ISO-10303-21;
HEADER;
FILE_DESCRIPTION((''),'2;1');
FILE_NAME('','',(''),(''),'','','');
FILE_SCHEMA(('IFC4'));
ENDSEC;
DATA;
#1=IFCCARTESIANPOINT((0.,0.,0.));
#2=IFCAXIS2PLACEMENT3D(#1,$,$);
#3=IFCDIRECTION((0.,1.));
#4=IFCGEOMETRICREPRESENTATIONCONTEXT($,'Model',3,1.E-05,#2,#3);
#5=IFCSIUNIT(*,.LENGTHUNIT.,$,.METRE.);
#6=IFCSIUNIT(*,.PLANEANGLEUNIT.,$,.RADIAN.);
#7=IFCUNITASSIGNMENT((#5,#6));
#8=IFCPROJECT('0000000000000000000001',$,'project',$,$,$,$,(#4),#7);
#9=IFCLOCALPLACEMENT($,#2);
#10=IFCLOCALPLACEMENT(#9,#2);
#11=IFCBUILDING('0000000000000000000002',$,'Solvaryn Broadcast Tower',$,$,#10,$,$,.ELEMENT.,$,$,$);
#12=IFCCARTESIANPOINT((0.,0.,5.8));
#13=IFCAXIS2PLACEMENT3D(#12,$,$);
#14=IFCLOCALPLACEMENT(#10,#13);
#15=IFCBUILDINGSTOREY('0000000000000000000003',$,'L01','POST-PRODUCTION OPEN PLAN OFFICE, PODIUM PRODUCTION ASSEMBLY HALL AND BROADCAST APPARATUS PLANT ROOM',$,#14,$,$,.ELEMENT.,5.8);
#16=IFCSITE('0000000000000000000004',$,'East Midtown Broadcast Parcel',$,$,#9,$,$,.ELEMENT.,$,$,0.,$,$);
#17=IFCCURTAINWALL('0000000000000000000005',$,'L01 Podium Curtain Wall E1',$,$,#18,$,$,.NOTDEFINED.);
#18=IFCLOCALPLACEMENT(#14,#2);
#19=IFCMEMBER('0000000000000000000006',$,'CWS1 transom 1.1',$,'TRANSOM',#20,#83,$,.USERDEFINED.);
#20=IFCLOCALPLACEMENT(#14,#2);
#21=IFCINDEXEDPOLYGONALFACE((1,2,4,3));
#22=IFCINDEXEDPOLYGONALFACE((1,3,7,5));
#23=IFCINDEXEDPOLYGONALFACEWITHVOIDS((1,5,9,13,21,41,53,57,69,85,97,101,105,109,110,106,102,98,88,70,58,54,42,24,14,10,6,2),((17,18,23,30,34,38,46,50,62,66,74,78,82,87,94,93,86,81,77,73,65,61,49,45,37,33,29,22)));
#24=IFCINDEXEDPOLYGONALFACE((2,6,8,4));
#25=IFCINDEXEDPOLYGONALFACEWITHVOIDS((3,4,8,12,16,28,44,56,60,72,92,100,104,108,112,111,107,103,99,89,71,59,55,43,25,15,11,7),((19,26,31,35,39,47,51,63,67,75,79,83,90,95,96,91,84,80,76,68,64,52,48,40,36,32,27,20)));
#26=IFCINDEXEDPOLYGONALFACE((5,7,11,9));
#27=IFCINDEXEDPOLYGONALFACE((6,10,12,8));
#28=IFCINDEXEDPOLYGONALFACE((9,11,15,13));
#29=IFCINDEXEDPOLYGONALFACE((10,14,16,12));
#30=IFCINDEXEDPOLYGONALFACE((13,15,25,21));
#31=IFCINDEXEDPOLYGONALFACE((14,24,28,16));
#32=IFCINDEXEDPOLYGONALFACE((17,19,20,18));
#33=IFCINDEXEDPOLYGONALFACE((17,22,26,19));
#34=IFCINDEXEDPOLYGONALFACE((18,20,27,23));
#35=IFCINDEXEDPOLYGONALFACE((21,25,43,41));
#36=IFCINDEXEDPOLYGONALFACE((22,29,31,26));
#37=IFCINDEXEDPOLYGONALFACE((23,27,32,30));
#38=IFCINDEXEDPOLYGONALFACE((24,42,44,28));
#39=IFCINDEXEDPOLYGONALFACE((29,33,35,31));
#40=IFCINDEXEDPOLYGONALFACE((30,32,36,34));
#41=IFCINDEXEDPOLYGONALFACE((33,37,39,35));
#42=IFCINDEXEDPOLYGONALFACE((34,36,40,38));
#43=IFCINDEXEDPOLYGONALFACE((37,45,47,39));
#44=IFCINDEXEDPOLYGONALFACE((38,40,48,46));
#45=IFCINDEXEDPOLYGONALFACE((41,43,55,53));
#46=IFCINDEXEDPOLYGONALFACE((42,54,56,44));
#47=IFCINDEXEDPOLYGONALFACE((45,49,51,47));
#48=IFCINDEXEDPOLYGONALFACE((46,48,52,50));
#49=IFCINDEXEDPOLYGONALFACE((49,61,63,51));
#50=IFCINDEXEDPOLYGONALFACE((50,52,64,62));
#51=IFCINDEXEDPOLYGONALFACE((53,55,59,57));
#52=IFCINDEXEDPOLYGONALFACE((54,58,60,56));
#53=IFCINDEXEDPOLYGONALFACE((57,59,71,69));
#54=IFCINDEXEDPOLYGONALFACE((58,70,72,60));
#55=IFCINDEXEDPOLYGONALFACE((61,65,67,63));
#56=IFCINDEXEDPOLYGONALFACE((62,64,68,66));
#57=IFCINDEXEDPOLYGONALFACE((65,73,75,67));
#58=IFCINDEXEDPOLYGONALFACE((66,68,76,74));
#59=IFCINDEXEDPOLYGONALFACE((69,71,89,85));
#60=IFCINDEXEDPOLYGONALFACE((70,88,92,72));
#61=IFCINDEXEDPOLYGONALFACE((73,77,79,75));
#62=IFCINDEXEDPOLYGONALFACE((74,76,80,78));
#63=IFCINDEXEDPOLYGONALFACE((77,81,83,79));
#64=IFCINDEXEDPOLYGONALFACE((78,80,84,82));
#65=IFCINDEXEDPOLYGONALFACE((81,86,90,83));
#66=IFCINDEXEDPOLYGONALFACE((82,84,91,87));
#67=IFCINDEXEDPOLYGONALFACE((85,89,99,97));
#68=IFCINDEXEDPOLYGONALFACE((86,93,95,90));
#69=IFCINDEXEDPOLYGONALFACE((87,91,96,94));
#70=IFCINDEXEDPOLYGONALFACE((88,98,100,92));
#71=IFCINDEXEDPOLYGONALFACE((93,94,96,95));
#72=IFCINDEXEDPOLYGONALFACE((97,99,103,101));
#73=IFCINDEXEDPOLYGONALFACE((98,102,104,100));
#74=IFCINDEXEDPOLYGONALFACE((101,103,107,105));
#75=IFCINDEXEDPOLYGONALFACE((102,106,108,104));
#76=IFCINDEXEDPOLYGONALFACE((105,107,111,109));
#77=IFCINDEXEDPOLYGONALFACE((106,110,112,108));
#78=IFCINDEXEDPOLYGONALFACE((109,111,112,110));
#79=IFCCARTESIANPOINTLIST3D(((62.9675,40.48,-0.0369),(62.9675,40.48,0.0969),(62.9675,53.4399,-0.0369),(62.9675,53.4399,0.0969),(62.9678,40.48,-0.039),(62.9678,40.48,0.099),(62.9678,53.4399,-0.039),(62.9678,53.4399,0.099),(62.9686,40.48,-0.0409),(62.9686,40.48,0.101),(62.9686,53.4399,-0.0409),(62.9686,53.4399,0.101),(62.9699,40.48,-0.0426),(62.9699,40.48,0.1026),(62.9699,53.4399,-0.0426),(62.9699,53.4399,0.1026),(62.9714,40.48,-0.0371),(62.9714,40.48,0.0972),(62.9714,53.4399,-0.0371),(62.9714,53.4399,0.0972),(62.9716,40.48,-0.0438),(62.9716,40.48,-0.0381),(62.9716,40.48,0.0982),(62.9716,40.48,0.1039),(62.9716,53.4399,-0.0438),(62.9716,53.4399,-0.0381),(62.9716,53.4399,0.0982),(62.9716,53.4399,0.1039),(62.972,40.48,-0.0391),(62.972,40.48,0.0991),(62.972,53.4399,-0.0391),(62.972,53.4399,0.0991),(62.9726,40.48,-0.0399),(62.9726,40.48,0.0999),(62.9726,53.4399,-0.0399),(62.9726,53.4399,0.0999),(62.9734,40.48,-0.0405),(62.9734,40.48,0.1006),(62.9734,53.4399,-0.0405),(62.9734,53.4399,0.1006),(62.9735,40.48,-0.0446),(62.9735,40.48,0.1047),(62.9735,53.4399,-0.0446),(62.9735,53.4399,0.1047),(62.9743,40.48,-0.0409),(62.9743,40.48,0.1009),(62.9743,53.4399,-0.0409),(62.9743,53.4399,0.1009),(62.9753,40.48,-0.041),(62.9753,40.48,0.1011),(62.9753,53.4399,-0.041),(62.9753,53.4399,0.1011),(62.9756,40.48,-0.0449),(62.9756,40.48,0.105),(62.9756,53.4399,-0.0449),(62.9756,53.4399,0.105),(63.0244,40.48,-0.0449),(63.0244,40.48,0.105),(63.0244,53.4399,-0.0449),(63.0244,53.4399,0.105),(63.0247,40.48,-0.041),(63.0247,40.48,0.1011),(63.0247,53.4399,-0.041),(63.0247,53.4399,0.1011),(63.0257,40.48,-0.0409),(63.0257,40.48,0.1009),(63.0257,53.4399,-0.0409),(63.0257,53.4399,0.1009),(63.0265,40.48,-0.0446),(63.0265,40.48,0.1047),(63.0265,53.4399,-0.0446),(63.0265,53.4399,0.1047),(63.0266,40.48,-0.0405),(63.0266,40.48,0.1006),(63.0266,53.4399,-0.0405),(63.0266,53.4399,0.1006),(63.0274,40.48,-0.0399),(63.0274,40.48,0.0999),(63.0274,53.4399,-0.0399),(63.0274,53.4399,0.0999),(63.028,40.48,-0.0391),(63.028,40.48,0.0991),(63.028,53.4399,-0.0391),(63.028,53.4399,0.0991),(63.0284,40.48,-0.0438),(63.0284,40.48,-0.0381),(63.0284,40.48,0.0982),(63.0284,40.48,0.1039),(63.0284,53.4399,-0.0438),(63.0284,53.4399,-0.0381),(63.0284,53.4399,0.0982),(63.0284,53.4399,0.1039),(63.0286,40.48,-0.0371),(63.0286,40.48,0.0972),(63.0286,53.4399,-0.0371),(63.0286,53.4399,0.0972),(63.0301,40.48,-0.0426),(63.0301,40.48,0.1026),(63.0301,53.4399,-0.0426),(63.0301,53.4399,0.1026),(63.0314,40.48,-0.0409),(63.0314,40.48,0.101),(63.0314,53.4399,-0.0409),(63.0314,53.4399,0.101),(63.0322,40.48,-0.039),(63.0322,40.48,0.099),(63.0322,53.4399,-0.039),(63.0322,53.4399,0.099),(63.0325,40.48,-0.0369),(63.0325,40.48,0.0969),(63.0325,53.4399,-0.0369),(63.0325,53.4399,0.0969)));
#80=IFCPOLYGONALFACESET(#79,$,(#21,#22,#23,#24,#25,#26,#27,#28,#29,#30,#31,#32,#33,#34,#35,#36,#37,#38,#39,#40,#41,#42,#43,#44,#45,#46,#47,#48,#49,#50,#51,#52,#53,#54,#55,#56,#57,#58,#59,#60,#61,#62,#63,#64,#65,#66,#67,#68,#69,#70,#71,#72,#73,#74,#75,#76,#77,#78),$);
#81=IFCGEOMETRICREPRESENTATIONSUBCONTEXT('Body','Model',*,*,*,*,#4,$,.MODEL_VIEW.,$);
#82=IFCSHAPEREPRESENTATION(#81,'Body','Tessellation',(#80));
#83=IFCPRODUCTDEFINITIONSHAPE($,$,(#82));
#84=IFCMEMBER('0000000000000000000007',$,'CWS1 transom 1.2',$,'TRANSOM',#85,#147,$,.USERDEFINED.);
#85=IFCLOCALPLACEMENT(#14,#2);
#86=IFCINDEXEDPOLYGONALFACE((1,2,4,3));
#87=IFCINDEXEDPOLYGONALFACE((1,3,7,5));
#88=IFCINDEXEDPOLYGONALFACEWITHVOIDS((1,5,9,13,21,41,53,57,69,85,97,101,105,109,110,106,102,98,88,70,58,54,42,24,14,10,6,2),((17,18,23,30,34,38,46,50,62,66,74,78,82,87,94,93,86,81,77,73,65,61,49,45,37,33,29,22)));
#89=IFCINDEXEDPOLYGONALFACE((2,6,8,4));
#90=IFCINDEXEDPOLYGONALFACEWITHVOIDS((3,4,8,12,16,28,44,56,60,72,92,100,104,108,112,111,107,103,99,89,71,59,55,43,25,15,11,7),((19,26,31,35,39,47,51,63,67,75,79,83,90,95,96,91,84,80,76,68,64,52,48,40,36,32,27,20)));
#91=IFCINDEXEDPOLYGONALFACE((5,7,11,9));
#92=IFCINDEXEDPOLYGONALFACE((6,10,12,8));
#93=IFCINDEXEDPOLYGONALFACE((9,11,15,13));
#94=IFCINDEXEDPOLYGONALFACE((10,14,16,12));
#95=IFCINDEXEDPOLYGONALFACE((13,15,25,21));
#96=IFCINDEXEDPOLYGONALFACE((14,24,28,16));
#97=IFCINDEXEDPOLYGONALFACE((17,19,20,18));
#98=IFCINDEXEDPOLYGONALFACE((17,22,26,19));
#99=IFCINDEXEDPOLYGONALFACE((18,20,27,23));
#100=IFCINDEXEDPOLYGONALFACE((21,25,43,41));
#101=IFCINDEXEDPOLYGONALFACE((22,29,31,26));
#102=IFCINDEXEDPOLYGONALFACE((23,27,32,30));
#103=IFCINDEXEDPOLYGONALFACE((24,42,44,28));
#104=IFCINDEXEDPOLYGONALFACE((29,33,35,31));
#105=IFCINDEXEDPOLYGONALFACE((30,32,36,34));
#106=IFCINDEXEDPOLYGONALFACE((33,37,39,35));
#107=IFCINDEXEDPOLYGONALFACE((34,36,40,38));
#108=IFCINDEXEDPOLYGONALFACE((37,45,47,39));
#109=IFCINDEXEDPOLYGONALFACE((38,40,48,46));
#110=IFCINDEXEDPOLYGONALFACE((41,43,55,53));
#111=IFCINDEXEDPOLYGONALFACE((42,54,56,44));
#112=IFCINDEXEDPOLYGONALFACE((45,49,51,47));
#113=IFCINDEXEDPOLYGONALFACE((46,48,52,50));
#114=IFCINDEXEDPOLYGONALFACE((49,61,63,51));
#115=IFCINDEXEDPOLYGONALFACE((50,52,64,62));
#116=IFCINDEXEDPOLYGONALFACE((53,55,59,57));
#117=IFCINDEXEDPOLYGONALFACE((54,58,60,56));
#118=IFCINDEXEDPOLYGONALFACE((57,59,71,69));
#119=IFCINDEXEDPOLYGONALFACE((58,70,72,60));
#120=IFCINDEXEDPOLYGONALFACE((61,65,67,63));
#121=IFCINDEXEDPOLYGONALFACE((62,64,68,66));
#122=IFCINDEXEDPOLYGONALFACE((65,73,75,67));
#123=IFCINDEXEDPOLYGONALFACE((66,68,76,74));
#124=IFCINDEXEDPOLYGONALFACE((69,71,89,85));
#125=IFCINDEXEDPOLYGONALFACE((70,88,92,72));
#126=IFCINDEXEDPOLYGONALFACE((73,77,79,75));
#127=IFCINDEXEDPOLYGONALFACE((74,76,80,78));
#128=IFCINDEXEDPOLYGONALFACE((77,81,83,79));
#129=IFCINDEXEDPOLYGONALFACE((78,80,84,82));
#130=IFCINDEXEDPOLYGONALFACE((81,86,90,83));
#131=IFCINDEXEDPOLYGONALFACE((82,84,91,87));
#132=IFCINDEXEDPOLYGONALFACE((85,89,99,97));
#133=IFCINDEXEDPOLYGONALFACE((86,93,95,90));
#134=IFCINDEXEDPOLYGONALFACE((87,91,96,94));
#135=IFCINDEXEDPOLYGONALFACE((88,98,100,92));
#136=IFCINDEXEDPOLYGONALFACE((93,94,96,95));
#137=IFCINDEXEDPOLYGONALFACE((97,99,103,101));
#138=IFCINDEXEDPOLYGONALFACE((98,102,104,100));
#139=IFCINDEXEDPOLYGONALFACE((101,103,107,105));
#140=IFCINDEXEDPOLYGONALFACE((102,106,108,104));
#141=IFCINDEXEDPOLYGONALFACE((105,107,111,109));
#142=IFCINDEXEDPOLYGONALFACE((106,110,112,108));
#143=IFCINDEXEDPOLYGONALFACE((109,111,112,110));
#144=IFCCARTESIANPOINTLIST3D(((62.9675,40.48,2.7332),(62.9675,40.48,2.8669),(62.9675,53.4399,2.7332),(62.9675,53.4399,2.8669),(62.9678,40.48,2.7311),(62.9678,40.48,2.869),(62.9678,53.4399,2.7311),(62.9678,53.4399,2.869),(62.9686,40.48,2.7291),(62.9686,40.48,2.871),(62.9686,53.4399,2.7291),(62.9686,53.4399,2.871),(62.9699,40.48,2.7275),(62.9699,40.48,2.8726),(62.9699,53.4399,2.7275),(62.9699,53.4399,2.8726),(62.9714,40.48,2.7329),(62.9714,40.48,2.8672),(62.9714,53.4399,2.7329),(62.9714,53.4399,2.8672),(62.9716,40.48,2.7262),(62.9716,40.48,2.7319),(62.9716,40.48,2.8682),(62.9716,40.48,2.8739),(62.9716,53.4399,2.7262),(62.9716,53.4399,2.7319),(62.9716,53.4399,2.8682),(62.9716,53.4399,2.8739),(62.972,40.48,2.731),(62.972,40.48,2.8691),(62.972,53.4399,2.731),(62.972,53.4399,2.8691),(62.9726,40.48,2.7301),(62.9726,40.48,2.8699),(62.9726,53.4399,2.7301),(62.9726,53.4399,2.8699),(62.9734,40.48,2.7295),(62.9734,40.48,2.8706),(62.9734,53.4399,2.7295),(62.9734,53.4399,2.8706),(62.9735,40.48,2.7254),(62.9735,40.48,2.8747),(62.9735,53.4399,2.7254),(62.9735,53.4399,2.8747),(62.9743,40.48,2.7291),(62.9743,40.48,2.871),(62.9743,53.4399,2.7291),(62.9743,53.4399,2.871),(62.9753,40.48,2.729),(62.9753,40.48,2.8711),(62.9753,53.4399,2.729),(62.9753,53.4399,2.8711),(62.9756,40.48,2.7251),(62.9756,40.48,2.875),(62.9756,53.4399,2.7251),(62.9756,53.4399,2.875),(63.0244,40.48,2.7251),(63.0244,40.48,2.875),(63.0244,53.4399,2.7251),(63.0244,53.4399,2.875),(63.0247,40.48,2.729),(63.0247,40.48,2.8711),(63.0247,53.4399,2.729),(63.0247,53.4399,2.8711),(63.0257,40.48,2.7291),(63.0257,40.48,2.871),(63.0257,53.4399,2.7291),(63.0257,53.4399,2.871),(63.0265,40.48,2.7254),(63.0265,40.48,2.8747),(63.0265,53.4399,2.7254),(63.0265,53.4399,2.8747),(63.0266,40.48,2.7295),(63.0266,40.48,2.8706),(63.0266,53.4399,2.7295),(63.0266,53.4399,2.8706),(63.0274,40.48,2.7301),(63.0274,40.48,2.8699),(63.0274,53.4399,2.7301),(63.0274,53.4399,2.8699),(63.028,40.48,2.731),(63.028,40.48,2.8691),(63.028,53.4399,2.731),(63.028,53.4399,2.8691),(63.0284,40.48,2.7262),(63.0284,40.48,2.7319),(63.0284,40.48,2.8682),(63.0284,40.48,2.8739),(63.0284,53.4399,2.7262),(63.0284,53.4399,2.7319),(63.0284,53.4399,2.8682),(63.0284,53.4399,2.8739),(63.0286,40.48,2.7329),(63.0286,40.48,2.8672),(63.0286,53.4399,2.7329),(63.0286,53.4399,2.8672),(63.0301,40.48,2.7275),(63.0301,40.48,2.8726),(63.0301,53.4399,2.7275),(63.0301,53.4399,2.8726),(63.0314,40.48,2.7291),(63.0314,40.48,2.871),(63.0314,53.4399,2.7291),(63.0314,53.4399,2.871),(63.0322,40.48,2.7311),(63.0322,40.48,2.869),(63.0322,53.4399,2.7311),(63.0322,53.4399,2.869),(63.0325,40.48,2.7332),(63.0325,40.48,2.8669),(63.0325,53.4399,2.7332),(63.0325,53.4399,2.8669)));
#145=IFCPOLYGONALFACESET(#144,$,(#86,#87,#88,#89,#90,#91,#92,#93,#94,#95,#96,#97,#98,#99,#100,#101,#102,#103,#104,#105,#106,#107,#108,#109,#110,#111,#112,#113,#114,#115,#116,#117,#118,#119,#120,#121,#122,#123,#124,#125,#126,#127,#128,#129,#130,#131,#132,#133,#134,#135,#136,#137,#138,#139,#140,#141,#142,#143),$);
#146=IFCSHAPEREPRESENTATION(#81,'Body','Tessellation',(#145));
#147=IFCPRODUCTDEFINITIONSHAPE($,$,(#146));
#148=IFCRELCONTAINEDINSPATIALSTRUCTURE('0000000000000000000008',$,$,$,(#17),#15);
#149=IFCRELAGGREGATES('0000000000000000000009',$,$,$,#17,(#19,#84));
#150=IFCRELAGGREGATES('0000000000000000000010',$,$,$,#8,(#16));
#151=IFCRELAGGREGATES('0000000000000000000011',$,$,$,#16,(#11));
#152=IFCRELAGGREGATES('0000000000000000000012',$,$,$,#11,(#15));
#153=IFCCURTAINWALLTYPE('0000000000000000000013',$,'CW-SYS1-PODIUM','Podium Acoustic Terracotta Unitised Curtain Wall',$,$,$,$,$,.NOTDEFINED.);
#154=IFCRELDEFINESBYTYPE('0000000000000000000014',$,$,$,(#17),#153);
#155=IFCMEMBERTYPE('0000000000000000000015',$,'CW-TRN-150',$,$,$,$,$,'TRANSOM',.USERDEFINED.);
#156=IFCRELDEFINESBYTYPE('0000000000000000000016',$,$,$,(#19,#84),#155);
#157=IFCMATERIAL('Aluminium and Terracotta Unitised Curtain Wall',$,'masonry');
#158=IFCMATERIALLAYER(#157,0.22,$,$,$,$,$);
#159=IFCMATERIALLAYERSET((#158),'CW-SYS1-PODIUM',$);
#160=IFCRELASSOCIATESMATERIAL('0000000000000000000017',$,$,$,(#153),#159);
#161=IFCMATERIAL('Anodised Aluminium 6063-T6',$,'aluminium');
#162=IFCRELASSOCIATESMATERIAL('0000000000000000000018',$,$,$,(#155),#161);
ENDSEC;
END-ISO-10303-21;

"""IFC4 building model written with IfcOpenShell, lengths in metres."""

from ifc_helpers import new_model, si_unit, direction, frame, origin, origin_2d, place, context, subcontext, project, spatial, hollow_rectangle, extrude, material, layer, layer_set, material_profile, profile_set, type_object, element, aggregate, save


model = new_model("IFC4")

# Units and contexts
model_context = context("Model", 3, precision=1e-05, world=origin(), true_north=direction((0.0, 1.0)))
body_context = subcontext(model_context, "Body", "Model", "MODEL_VIEW")
ifc_project = project(units=[si_unit("LENGTHUNIT", "METRE"), si_unit("PLANEANGLEUNIT", "RADIAN")], contexts=[model_context])

# Site, building, storey
site_placement = place(None, origin())
site = spatial("IfcSite", under=ifc_project, at=site_placement, Name="East Midtown Broadcast Parcel", CompositionType="ELEMENT", RefElevation=0.0)
building_placement = place(site_placement, origin())
building = spatial("IfcBuilding", under=site, at=building_placement, Name="Solvaryn Broadcast Tower", CompositionType="ELEMENT")
storey_placement = place(building_placement, frame((0.0, 0.0, 5.8)))
storey = spatial("IfcBuildingStorey", under=building, at=storey_placement, Name="L01", Description="POST-PRODUCTION OPEN PLAN OFFICE, PODIUM PRODUCTION ASSEMBLY HALL AND BROADCAST APPARATUS PLANT ROOM", CompositionType="ELEMENT", Elevation=5.8)

# Shared definitions
ifc_material_1 = material(Name="Aluminium and Terracotta Unitised Curtain Wall", Category="masonry")
ifc_layer_1 = layer(ifc_material_1, 0.22)
ifc_layer_set_1 = layer_set([ifc_layer_1], Name="CW-SYS1-PODIUM")
curtain_wall_type = type_object("IfcCurtainWallType", Name="CW-SYS1-PODIUM", Description="Podium Acoustic Terracotta Unitised Curtain Wall", PredefinedType="NOTDEFINED", material=ifc_layer_set_1)

# Curtain wall
curtain_wall_1_placement = place(storey_placement, origin())
curtain_wall_1 = element("IfcCurtainWall", 1, at=curtain_wall_1_placement, inside=storey, type_object=curtain_wall_type, Name="L01 Podium Curtain Wall E1", PredefinedType="NOTDEFINED")

# Members
ifc_material_2 = material(Name="Anodised Aluminium 6063-T6", Category="aluminium")
ifc_material_profile_1 = material_profile(ifc_material_2, hollow_rectangle(XDim=0.0649, YDim=0.1499, WallThickness=0.0039, InnerFilletRadius=0.0039, OuterFilletRadius=0.0081, at=origin_2d()))
ifc_profile_set_1 = profile_set([ifc_material_profile_1], Name="Anodised Aluminium 6063-T6")
member_type_1 = type_object("IfcMemberType", Name="CW-TRN-150", ElementType="TRANSOM", PredefinedType="USERDEFINED", material=ifc_profile_set_1)
member_1_placement = place(storey_placement, frame((63.0, 53.4399, 0.03), z_axis=(0.0, -1.0, 0.0), x_axis=(1.0, 0.0, 0.0)))
member_1 = element("IfcMember", 2, at=member_1_placement, type_object=member_type_1, Name="CWS1 transom 1.1", ObjectType="TRANSOM", PredefinedType="USERDEFINED", context=body_context, shape_type="SweptSolid", body=[
    extrude(hollow_rectangle(XDim=0.0649, YDim=0.1499, WallThickness=0.0039, InnerFilletRadius=0.0039, OuterFilletRadius=0.0081, at=origin_2d()), origin(), (0.0, 0.0, 1.0), 12.96),
])
member_2_placement = place(storey_placement, frame((63.0, 53.4399, 2.8), z_axis=(0.0, -1.0, 0.0), x_axis=(1.0, 0.0, 0.0)))
member_2 = element("IfcMember", 3, at=member_2_placement, type_object=member_type_1, Name="CWS1 transom 1.2", ObjectType="TRANSOM", PredefinedType="USERDEFINED", context=body_context, shape_type="SweptSolid", body=[
    extrude(hollow_rectangle(XDim=0.0649, YDim=0.1499, WallThickness=0.0039, InnerFilletRadius=0.0039, OuterFilletRadius=0.0081, at=origin_2d()), origin(), (0.0, 0.0, 1.0), 12.96),
])

aggregate(curtain_wall_1, [member_1, member_2])

save(model, "model.ifc")
